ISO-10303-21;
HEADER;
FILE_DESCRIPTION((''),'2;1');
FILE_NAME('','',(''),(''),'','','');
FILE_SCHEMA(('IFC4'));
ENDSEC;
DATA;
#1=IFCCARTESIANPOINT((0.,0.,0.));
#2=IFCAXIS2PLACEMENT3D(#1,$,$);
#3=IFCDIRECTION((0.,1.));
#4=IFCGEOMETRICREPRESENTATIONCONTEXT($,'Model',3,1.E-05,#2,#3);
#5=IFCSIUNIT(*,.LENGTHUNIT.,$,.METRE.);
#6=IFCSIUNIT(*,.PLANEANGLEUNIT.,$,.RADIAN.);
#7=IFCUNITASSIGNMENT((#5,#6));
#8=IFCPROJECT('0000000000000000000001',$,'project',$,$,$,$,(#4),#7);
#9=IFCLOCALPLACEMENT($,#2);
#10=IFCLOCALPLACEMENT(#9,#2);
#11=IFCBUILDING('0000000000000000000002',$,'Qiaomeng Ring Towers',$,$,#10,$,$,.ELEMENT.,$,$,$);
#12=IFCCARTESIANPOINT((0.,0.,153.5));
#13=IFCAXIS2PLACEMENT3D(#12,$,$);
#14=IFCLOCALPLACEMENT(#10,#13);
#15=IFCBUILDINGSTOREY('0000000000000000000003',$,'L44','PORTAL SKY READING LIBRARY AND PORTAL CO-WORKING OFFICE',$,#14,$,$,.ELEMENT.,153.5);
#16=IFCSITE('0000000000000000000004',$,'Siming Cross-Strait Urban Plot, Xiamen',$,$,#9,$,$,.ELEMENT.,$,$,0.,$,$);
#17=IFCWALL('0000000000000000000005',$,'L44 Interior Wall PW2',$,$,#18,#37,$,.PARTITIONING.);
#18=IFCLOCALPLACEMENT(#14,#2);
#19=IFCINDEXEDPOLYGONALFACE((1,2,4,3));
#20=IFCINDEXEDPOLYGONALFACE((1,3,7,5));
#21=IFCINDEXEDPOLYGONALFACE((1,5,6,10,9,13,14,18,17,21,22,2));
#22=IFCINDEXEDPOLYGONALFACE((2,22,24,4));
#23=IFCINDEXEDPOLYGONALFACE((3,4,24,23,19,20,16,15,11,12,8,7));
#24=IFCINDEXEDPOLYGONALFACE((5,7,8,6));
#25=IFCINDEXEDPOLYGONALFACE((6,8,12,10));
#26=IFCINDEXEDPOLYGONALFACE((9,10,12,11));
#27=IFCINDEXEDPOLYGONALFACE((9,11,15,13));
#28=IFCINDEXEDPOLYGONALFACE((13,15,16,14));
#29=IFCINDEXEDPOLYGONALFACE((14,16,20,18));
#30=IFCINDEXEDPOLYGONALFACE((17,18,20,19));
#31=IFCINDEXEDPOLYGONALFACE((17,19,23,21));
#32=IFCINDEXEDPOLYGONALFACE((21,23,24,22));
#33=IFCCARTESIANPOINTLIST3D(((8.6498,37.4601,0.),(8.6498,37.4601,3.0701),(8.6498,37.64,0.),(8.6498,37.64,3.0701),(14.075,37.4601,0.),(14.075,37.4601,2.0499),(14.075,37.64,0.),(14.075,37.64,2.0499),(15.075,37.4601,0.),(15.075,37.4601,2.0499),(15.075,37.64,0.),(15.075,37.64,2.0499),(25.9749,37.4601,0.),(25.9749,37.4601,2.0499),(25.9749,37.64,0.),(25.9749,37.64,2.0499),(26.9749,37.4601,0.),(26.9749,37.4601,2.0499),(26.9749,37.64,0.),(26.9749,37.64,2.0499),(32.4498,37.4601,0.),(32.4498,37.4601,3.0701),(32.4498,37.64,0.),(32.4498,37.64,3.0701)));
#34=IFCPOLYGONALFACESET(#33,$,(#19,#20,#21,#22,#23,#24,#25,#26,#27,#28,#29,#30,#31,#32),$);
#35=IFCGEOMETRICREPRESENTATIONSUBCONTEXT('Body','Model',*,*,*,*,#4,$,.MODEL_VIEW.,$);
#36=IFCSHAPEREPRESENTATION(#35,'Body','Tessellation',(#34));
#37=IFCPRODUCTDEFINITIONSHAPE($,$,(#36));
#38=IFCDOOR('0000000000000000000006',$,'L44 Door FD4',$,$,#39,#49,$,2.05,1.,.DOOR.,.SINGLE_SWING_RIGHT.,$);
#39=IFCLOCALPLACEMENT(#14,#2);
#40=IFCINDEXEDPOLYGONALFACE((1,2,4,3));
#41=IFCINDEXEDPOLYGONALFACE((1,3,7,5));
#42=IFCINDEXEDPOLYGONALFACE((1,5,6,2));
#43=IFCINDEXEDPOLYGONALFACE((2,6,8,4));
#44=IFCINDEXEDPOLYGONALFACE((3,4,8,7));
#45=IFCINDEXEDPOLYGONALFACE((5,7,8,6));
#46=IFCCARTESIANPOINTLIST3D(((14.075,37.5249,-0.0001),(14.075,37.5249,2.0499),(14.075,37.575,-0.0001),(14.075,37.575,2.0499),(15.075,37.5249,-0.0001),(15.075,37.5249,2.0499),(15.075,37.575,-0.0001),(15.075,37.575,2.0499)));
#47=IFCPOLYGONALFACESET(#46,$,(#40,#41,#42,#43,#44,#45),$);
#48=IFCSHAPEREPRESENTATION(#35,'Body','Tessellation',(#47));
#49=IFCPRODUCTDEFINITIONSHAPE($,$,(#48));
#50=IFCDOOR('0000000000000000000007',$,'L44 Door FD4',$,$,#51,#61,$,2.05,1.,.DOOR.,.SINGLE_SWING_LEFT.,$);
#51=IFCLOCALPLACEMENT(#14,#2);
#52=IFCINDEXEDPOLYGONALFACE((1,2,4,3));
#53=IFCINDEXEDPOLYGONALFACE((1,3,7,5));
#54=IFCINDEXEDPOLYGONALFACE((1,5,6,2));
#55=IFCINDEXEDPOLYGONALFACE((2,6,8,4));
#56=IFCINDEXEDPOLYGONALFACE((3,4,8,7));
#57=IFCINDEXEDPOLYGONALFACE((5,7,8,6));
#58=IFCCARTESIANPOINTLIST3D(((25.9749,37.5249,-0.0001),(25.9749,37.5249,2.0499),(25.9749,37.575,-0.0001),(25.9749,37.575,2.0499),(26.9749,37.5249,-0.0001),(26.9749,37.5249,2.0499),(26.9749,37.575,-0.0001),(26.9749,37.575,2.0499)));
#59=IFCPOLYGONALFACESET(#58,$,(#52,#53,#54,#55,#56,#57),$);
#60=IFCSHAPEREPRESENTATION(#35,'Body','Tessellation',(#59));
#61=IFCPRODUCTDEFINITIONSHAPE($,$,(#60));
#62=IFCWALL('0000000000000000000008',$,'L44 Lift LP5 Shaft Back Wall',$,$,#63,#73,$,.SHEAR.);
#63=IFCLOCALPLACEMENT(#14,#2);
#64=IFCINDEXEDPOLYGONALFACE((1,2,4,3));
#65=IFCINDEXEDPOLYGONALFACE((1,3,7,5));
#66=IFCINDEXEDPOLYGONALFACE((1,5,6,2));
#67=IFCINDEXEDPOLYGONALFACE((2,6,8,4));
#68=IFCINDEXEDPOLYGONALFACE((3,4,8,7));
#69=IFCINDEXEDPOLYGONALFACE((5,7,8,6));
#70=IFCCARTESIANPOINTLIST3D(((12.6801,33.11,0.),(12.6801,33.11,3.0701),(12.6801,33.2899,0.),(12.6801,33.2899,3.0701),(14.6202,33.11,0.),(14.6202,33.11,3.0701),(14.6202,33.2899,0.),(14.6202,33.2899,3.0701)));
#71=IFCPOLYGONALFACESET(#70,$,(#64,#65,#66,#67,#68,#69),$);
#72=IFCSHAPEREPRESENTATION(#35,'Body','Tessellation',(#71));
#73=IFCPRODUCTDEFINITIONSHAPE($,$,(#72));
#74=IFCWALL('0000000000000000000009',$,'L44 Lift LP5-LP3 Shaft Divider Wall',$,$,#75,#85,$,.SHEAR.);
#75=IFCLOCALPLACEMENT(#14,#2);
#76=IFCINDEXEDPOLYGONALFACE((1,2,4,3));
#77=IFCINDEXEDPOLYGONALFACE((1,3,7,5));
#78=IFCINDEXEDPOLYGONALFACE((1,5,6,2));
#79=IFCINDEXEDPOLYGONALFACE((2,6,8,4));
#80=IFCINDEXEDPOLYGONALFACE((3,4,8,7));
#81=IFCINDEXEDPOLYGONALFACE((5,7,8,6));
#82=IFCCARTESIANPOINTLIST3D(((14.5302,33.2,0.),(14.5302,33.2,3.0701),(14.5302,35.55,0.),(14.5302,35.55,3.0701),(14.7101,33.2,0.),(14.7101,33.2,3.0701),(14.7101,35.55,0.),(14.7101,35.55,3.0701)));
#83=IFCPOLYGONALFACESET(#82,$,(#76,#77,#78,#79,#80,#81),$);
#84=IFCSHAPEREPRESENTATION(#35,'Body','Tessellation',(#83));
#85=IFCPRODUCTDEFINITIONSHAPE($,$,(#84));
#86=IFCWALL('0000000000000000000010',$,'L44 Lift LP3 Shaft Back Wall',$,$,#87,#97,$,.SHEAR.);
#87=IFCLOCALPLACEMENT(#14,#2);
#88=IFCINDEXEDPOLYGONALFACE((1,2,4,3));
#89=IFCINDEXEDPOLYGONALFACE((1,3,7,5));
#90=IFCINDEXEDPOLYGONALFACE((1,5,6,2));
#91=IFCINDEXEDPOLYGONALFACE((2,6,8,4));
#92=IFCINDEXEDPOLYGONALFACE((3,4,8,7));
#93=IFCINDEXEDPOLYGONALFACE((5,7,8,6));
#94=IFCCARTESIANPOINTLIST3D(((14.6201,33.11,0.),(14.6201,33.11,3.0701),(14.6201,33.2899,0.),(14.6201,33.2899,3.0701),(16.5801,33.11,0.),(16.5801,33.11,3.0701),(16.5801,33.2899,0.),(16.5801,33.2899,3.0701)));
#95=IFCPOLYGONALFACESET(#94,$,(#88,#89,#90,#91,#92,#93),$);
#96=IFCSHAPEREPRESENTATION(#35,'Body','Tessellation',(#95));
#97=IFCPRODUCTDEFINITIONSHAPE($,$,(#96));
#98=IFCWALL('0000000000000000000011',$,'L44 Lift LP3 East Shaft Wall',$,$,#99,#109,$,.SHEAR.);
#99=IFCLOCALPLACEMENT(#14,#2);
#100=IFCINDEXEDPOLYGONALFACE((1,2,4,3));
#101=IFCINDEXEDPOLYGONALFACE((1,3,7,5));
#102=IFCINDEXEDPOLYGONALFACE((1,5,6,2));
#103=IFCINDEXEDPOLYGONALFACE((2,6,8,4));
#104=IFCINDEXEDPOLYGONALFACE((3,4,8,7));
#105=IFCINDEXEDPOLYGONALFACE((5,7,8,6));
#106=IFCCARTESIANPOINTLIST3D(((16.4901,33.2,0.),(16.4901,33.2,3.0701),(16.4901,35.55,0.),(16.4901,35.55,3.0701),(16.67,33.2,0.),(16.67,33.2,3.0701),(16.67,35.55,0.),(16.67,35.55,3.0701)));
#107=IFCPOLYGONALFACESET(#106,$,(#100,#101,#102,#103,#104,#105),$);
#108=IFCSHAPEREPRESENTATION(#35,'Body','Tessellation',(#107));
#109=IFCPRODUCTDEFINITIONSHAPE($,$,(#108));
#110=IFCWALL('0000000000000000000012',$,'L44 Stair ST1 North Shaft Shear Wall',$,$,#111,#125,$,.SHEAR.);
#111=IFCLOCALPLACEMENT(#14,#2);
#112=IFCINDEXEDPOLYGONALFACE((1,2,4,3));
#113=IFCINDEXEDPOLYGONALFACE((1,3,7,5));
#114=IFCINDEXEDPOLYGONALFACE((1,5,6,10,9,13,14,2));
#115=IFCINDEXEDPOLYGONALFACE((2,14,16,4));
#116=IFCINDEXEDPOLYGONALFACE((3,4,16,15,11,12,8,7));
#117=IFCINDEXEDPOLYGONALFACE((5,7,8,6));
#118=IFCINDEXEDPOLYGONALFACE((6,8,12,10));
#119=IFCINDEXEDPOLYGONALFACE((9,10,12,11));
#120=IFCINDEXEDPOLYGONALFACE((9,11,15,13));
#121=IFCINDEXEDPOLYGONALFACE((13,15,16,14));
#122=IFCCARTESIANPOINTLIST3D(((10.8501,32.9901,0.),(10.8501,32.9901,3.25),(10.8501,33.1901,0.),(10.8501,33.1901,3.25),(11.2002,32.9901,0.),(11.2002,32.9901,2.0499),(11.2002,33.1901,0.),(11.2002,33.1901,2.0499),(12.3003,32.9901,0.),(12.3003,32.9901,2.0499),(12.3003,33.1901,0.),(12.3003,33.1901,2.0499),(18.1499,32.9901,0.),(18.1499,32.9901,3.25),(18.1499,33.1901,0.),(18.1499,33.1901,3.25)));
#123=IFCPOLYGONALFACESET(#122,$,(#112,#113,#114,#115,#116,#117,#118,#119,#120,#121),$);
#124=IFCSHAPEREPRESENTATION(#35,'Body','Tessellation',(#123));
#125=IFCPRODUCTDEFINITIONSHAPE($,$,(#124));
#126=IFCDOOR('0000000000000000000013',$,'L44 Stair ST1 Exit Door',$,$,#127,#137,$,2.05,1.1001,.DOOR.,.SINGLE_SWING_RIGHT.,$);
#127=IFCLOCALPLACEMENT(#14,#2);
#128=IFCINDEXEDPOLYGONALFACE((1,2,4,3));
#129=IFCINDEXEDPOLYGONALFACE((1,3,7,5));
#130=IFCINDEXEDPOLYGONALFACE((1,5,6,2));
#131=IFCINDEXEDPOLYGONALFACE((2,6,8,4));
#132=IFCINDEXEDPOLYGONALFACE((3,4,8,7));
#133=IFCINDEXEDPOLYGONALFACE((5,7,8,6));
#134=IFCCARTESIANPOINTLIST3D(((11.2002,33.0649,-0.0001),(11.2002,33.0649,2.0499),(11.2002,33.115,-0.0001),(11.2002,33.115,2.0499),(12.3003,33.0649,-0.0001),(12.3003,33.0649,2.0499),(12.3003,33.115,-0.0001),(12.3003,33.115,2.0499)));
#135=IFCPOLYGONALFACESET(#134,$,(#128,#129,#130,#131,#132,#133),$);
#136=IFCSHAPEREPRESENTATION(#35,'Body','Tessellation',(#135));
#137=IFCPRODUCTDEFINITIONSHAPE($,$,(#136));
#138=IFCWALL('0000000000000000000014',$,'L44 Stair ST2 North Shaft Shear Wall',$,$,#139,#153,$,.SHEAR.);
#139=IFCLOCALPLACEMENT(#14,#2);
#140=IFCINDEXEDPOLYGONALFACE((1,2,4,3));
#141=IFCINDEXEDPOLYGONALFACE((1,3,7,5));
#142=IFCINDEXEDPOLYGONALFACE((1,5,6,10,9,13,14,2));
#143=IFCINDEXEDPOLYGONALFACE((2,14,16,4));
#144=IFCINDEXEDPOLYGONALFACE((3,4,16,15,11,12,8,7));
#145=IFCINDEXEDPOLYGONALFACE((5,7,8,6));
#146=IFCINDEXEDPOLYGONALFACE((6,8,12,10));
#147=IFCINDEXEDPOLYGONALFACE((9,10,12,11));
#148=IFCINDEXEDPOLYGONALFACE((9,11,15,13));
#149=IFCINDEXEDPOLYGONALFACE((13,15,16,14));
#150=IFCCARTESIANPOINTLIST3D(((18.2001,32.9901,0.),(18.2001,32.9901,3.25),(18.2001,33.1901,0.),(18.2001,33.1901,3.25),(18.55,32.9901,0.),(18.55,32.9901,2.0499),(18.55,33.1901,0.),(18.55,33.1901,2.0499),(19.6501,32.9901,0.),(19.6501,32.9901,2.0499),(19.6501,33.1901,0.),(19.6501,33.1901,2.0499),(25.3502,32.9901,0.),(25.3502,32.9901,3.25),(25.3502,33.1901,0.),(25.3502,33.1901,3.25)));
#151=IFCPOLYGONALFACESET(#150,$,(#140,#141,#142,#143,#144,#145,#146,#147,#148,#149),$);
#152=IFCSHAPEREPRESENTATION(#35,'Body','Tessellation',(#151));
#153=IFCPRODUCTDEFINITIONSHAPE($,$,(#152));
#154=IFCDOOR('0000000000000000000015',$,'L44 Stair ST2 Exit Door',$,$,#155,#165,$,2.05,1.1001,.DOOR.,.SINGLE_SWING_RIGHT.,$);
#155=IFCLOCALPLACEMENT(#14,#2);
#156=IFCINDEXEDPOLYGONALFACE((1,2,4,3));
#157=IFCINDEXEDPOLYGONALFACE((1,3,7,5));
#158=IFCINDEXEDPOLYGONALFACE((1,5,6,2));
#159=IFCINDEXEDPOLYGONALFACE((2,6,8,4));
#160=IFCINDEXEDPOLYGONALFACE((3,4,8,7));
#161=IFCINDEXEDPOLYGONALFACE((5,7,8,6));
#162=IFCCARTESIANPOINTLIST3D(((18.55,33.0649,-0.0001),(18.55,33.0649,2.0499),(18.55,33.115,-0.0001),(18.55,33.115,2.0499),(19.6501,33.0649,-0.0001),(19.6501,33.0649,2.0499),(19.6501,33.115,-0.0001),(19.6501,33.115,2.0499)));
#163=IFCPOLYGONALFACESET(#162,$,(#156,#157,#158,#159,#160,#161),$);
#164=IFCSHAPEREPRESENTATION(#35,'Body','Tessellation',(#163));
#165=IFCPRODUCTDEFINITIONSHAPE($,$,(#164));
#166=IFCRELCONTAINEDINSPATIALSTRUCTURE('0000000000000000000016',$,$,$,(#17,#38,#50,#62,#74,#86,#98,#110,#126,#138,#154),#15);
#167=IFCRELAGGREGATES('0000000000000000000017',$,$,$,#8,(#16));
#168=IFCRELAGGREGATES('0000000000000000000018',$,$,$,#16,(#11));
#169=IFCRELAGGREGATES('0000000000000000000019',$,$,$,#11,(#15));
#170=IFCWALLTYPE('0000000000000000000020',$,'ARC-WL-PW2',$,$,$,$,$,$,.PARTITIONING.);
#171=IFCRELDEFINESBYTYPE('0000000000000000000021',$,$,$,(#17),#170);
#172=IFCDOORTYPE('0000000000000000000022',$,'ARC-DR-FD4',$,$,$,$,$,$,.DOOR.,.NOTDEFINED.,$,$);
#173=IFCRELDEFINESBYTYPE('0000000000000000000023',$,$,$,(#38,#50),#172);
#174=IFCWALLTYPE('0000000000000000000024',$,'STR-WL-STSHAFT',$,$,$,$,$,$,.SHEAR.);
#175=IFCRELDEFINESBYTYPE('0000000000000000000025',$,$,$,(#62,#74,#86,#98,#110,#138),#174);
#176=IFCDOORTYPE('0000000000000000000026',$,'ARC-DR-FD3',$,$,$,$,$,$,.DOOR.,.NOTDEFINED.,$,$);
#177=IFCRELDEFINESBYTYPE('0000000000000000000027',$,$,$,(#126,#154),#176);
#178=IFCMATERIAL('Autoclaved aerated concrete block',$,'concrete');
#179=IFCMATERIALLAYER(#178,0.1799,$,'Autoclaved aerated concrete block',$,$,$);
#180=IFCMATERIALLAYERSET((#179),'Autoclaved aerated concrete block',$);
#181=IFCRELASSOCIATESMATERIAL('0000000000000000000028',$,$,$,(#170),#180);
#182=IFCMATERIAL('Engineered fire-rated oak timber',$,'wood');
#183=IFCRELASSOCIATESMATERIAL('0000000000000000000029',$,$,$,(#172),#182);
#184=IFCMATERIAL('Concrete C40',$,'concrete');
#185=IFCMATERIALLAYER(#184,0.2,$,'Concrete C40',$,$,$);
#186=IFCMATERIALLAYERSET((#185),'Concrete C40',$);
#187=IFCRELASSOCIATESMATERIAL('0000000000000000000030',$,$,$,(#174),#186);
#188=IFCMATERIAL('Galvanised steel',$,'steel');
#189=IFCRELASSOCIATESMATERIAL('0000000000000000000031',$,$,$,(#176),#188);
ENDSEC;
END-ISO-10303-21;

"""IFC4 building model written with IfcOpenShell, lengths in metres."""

from ifc_helpers import new_model, si_unit, direction, frame, frame_2d, origin, place, context, subcontext, project, spatial, rectangle, extrude, source, transform, mapped, material, layer, layer_set, type_object, element, fill, save


model = new_model("IFC4")

# Units and contexts
model_context = context("Model", 3, precision=1e-05, world=origin(), true_north=direction((0.0, 1.0)))
body_context = subcontext(model_context, "Body", "Model", "MODEL_VIEW")
ifc_project = project(units=[si_unit("LENGTHUNIT", "METRE"), si_unit("PLANEANGLEUNIT", "RADIAN")], contexts=[model_context])

# Site, building, storey
site_placement = place(None, origin())
site = spatial("IfcSite", under=ifc_project, at=site_placement, Name="Siming Cross-Strait Urban Plot, Xiamen", CompositionType="ELEMENT", RefElevation=0.0)
building_placement = place(site_placement, origin())
building = spatial("IfcBuilding", under=site, at=building_placement, Name="Qiaomeng Ring Towers", CompositionType="ELEMENT")
storey_placement = place(building_placement, frame((0.0, 0.0, 153.5)))
storey = spatial("IfcBuildingStorey", under=building, at=storey_placement, Name="L44", Description="PORTAL SKY READING LIBRARY AND PORTAL CO-WORKING OFFICE", CompositionType="ELEMENT", Elevation=153.5)

# Shared definitions
ifc_material_1 = material(Name="Autoclaved aerated concrete block", Category="concrete")

# Wall, openings, doors
ifc_layer_1 = layer(ifc_material_1, 0.1799, Name="Autoclaved aerated concrete block")
ifc_layer_set_1 = layer_set([ifc_layer_1], Name="Autoclaved aerated concrete block")
wall_type_1 = type_object("IfcWallType", Name="ARC-WL-PW2", PredefinedType="PARTITIONING", material=ifc_layer_set_1)
wall_1_placement = place(storey_placement, frame((8.6499, 37.55, 0.0), z_axis=(0.0, 0.0, 1.0), x_axis=(1.0, 0.0, 0.0)))
wall_1 = element("IfcWall", 1, at=wall_1_placement, inside=storey, type_object=wall_type_1, Name="L44 Interior Wall PW2", PredefinedType="PARTITIONING", context=body_context, shape_type="SweptSolid", body=[
    extrude(rectangle(XDim=23.8, YDim=0.1799, at=frame_2d((11.8999, 0.0))), origin(), (0.0, 0.0, 1.0), 3.0701),
])
opening_1_placement = place(wall_1_placement, frame((5.425, 0.0, 0.0)))
opening_1 = element("IfcOpeningElement", 2, at=opening_1_placement, cuts=wall_1, PredefinedType="OPENING", context=body_context, shape_type="SweptSolid", body=[
    extrude(rectangle(XDim=1.0, YDim=2.05, at=frame_2d((0.5, 1.0249))), frame((0.0, 0.0999, 0.0), z_axis=(0.0, -1.0, 0.0), x_axis=(1.0, 0.0, 0.0)), (0.0, 0.0, 1.0), 0.2),
])
opening_2_placement = place(wall_1_placement, frame((17.325, 0.0, 0.0)))
opening_2 = element("IfcOpeningElement", 3, at=opening_2_placement, cuts=wall_1, PredefinedType="OPENING", context=body_context, shape_type="SweptSolid", body=[
    extrude(rectangle(XDim=1.0, YDim=2.05, at=frame_2d((0.5, 1.0249))), frame((0.0, 0.0999, 0.0), z_axis=(0.0, -1.0, 0.0), x_axis=(1.0, 0.0, 0.0)), (0.0, 0.0, 1.0), 0.2),
])
ifc_material_2 = material(Name="Engineered fire-rated oak timber", Category="wood")
door_type_1 = type_object("IfcDoorType", Name="ARC-DR-FD4", OperationType="NOTDEFINED", PredefinedType="DOOR", material=ifc_material_2)
shared_shape_1 = source(origin(), body_context, "Body", "SweptSolid", [
    extrude(rectangle(XDim=1.0, YDim=2.05, at=frame_2d((0.5, 1.0249))), frame((0.0, 0.0249, 0.0), z_axis=(0.0, -1.0, 0.0), x_axis=(1.0, 0.0, 0.0)), (0.0, 0.0, 1.0), 0.05),
])
door_1_placement = place(opening_1_placement, origin())
door_1 = element("IfcDoor", 4, at=door_1_placement, inside=storey, type_object=door_type_1, Name="L44 Door FD4", OperationType="SINGLE_SWING_RIGHT", OverallHeight=2.05, OverallWidth=1.0, PredefinedType="DOOR", context=body_context, shape_type="MappedRepresentation", body=[
    mapped(shared_shape_1, transform((0.0, 0.0, 0.0), x_axis=(1.0, 0.0, 0.0), y_axis=(0.0, 1.0, 0.0), z_axis=(0.0, 0.0, 1.0), scale=1.0)),
])
fill(opening_1, door_1)
door_2_placement = place(opening_2_placement, origin())
door_2 = element("IfcDoor", 5, at=door_2_placement, inside=storey, type_object=door_type_1, Name="L44 Door FD4", OperationType="SINGLE_SWING_LEFT", OverallHeight=2.05, OverallWidth=1.0, PredefinedType="DOOR", context=body_context, shape_type="MappedRepresentation", body=[
    mapped(shared_shape_1, transform((0.0, 0.0, 0.0), x_axis=(1.0, 0.0, 0.0), y_axis=(0.0, 1.0, 0.0), z_axis=(0.0, 0.0, 1.0), scale=1.0)),
])
fill(opening_2, door_2)

# Walls
ifc_material_3 = material(Name="Concrete C40", Category="concrete")
ifc_layer_2 = layer(ifc_material_3, 0.2, Name="Concrete C40")
ifc_layer_set_2 = layer_set([ifc_layer_2], Name="Concrete C40")
wall_type_2 = type_object("IfcWallType", Name="STR-WL-STSHAFT", PredefinedType="SHEAR", material=ifc_layer_set_2)
wall_2_placement = place(storey_placement, frame((12.6799, 33.2, 0.0), z_axis=(0.0, 0.0, 1.0), x_axis=(1.0, 0.0, 0.0)))
element("IfcWall", 6, at=wall_2_placement, inside=storey, type_object=wall_type_2, Name="L44 Lift LP5 Shaft Back Wall", PredefinedType="SHEAR", context=body_context, shape_type="SweptSolid", body=[
    extrude(rectangle(XDim=1.9402, YDim=0.1799, at=frame_2d((0.9702, 0.0))), origin(), (0.0, 0.0, 1.0), 3.0701),
])
wall_3_placement = place(storey_placement, frame((14.6201, 33.2, 0.0), z_axis=(0.0, 0.0, 1.0), x_axis=(0.0, 1.0, 0.0)))
element("IfcWall", 7, at=wall_3_placement, inside=storey, type_object=wall_type_2, Name="L44 Lift LP5-LP3 Shaft Divider Wall", PredefinedType="SHEAR", context=body_context, shape_type="SweptSolid", body=[
    extrude(rectangle(XDim=2.3501, YDim=0.1799, at=frame_2d((1.175, 0.0))), origin(), (0.0, 0.0, 1.0), 3.0701),
])
wall_4_placement = place(storey_placement, frame((14.6201, 33.2, 0.0), z_axis=(0.0, 0.0, 1.0), x_axis=(1.0, 0.0, 0.0)))
element("IfcWall", 8, at=wall_4_placement, inside=storey, type_object=wall_type_2, Name="L44 Lift LP3 Shaft Back Wall", PredefinedType="SHEAR", context=body_context, shape_type="SweptSolid", body=[
    extrude(rectangle(XDim=1.96, YDim=0.1799, at=frame_2d((0.98, 0.0))), origin(), (0.0, 0.0, 1.0), 3.0701),
])
wall_5_placement = place(storey_placement, frame((16.5801, 33.2, 0.0), z_axis=(0.0, 0.0, 1.0), x_axis=(0.0, 1.0, 0.0)))
element("IfcWall", 9, at=wall_5_placement, inside=storey, type_object=wall_type_2, Name="L44 Lift LP3 East Shaft Wall", PredefinedType="SHEAR", context=body_context, shape_type="SweptSolid", body=[
    extrude(rectangle(XDim=2.3501, YDim=0.1799, at=frame_2d((1.175, 0.0))), origin(), (0.0, 0.0, 1.0), 3.0701),
])

# Walls, openings, doors
wall_6_placement = place(storey_placement, frame((10.8501, 33.0901, 0.0), z_axis=(0.0, 0.0, 1.0), x_axis=(1.0, 0.0, 0.0)))
wall_6 = element("IfcWall", 10, at=wall_6_placement, inside=storey, type_object=wall_type_2, Name="L44 Stair ST1 North Shaft Shear Wall", PredefinedType="SHEAR", context=body_context, shape_type="SweptSolid", body=[
    extrude(rectangle(XDim=7.2998, YDim=0.2, at=frame_2d((3.6499, 0.0))), origin(), (0.0, 0.0, 1.0), 3.25),
])
opening_3_placement = place(wall_6_placement, frame((0.3501, 0.0, 0.0)))
opening_3 = element("IfcOpeningElement", 11, at=opening_3_placement, cuts=wall_6, PredefinedType="OPENING", context=body_context, shape_type="SweptSolid", body=[
    extrude(rectangle(XDim=1.1001, YDim=2.05, at=frame_2d((0.55, 1.0249))), frame((0.0, 0.1099, 0.0), z_axis=(0.0, -1.0, 0.0), x_axis=(1.0, 0.0, 0.0)), (0.0, 0.0, 1.0), 0.22),
])
ifc_material_4 = material(Name="Galvanised steel", Category="steel")
door_type_2 = type_object("IfcDoorType", Name="ARC-DR-FD3", OperationType="NOTDEFINED", PredefinedType="DOOR", material=ifc_material_4)
shared_shape_2 = source(origin(), body_context, "Body", "SweptSolid", [
    extrude(rectangle(XDim=1.1001, YDim=2.05, at=frame_2d((0.55, 1.0249))), frame((0.0, 0.0249, 0.0), z_axis=(0.0, -1.0, 0.0), x_axis=(1.0, 0.0, 0.0)), (0.0, 0.0, 1.0), 0.05),
])
door_3_placement = place(opening_3_placement, origin())
door_3 = element("IfcDoor", 12, at=door_3_placement, inside=storey, type_object=door_type_2, Name="L44 Stair ST1 Exit Door", OperationType="SINGLE_SWING_RIGHT", OverallHeight=2.05, OverallWidth=1.1001, PredefinedType="DOOR", context=body_context, shape_type="MappedRepresentation", body=[
    mapped(shared_shape_2, transform((0.0, 0.0, 0.0), x_axis=(1.0, 0.0, 0.0), y_axis=(0.0, 1.0, 0.0), z_axis=(0.0, 0.0, 1.0), scale=1.0)),
])
fill(opening_3, door_3)
wall_7_placement = place(storey_placement, frame((18.2, 33.0901, 0.0), z_axis=(0.0, 0.0, 1.0), x_axis=(1.0, 0.0, 0.0)))
wall_7 = element("IfcWall", 13, at=wall_7_placement, inside=storey, type_object=wall_type_2, Name="L44 Stair ST2 North Shaft Shear Wall", PredefinedType="SHEAR", context=body_context, shape_type="SweptSolid", body=[
    extrude(rectangle(XDim=7.1501, YDim=0.2, at=frame_2d((3.5752, 0.0))), origin(), (0.0, 0.0, 1.0), 3.25),
])
opening_4_placement = place(wall_7_placement, frame((0.3501, 0.0, 0.0)))
opening_4 = element("IfcOpeningElement", 14, at=opening_4_placement, cuts=wall_7, PredefinedType="OPENING", context=body_context, shape_type="SweptSolid", body=[
    extrude(rectangle(XDim=1.1001, YDim=2.05, at=frame_2d((0.55, 1.0249))), frame((0.0, 0.1099, 0.0), z_axis=(0.0, -1.0, 0.0), x_axis=(1.0, 0.0, 0.0)), (0.0, 0.0, 1.0), 0.22),
])
door_4_placement = place(opening_4_placement, origin())
door_4 = element("IfcDoor", 15, at=door_4_placement, inside=storey, type_object=door_type_2, Name="L44 Stair ST2 Exit Door", OperationType="SINGLE_SWING_RIGHT", OverallHeight=2.05, OverallWidth=1.1001, PredefinedType="DOOR", context=body_context, shape_type="MappedRepresentation", body=[
    mapped(shared_shape_2, transform((0.0, 0.0, 0.0), x_axis=(1.0, 0.0, 0.0), y_axis=(0.0, 1.0, 0.0), z_axis=(0.0, 0.0, 1.0), scale=1.0)),
])
fill(opening_4, door_4)

save(model, "model.ifc")
